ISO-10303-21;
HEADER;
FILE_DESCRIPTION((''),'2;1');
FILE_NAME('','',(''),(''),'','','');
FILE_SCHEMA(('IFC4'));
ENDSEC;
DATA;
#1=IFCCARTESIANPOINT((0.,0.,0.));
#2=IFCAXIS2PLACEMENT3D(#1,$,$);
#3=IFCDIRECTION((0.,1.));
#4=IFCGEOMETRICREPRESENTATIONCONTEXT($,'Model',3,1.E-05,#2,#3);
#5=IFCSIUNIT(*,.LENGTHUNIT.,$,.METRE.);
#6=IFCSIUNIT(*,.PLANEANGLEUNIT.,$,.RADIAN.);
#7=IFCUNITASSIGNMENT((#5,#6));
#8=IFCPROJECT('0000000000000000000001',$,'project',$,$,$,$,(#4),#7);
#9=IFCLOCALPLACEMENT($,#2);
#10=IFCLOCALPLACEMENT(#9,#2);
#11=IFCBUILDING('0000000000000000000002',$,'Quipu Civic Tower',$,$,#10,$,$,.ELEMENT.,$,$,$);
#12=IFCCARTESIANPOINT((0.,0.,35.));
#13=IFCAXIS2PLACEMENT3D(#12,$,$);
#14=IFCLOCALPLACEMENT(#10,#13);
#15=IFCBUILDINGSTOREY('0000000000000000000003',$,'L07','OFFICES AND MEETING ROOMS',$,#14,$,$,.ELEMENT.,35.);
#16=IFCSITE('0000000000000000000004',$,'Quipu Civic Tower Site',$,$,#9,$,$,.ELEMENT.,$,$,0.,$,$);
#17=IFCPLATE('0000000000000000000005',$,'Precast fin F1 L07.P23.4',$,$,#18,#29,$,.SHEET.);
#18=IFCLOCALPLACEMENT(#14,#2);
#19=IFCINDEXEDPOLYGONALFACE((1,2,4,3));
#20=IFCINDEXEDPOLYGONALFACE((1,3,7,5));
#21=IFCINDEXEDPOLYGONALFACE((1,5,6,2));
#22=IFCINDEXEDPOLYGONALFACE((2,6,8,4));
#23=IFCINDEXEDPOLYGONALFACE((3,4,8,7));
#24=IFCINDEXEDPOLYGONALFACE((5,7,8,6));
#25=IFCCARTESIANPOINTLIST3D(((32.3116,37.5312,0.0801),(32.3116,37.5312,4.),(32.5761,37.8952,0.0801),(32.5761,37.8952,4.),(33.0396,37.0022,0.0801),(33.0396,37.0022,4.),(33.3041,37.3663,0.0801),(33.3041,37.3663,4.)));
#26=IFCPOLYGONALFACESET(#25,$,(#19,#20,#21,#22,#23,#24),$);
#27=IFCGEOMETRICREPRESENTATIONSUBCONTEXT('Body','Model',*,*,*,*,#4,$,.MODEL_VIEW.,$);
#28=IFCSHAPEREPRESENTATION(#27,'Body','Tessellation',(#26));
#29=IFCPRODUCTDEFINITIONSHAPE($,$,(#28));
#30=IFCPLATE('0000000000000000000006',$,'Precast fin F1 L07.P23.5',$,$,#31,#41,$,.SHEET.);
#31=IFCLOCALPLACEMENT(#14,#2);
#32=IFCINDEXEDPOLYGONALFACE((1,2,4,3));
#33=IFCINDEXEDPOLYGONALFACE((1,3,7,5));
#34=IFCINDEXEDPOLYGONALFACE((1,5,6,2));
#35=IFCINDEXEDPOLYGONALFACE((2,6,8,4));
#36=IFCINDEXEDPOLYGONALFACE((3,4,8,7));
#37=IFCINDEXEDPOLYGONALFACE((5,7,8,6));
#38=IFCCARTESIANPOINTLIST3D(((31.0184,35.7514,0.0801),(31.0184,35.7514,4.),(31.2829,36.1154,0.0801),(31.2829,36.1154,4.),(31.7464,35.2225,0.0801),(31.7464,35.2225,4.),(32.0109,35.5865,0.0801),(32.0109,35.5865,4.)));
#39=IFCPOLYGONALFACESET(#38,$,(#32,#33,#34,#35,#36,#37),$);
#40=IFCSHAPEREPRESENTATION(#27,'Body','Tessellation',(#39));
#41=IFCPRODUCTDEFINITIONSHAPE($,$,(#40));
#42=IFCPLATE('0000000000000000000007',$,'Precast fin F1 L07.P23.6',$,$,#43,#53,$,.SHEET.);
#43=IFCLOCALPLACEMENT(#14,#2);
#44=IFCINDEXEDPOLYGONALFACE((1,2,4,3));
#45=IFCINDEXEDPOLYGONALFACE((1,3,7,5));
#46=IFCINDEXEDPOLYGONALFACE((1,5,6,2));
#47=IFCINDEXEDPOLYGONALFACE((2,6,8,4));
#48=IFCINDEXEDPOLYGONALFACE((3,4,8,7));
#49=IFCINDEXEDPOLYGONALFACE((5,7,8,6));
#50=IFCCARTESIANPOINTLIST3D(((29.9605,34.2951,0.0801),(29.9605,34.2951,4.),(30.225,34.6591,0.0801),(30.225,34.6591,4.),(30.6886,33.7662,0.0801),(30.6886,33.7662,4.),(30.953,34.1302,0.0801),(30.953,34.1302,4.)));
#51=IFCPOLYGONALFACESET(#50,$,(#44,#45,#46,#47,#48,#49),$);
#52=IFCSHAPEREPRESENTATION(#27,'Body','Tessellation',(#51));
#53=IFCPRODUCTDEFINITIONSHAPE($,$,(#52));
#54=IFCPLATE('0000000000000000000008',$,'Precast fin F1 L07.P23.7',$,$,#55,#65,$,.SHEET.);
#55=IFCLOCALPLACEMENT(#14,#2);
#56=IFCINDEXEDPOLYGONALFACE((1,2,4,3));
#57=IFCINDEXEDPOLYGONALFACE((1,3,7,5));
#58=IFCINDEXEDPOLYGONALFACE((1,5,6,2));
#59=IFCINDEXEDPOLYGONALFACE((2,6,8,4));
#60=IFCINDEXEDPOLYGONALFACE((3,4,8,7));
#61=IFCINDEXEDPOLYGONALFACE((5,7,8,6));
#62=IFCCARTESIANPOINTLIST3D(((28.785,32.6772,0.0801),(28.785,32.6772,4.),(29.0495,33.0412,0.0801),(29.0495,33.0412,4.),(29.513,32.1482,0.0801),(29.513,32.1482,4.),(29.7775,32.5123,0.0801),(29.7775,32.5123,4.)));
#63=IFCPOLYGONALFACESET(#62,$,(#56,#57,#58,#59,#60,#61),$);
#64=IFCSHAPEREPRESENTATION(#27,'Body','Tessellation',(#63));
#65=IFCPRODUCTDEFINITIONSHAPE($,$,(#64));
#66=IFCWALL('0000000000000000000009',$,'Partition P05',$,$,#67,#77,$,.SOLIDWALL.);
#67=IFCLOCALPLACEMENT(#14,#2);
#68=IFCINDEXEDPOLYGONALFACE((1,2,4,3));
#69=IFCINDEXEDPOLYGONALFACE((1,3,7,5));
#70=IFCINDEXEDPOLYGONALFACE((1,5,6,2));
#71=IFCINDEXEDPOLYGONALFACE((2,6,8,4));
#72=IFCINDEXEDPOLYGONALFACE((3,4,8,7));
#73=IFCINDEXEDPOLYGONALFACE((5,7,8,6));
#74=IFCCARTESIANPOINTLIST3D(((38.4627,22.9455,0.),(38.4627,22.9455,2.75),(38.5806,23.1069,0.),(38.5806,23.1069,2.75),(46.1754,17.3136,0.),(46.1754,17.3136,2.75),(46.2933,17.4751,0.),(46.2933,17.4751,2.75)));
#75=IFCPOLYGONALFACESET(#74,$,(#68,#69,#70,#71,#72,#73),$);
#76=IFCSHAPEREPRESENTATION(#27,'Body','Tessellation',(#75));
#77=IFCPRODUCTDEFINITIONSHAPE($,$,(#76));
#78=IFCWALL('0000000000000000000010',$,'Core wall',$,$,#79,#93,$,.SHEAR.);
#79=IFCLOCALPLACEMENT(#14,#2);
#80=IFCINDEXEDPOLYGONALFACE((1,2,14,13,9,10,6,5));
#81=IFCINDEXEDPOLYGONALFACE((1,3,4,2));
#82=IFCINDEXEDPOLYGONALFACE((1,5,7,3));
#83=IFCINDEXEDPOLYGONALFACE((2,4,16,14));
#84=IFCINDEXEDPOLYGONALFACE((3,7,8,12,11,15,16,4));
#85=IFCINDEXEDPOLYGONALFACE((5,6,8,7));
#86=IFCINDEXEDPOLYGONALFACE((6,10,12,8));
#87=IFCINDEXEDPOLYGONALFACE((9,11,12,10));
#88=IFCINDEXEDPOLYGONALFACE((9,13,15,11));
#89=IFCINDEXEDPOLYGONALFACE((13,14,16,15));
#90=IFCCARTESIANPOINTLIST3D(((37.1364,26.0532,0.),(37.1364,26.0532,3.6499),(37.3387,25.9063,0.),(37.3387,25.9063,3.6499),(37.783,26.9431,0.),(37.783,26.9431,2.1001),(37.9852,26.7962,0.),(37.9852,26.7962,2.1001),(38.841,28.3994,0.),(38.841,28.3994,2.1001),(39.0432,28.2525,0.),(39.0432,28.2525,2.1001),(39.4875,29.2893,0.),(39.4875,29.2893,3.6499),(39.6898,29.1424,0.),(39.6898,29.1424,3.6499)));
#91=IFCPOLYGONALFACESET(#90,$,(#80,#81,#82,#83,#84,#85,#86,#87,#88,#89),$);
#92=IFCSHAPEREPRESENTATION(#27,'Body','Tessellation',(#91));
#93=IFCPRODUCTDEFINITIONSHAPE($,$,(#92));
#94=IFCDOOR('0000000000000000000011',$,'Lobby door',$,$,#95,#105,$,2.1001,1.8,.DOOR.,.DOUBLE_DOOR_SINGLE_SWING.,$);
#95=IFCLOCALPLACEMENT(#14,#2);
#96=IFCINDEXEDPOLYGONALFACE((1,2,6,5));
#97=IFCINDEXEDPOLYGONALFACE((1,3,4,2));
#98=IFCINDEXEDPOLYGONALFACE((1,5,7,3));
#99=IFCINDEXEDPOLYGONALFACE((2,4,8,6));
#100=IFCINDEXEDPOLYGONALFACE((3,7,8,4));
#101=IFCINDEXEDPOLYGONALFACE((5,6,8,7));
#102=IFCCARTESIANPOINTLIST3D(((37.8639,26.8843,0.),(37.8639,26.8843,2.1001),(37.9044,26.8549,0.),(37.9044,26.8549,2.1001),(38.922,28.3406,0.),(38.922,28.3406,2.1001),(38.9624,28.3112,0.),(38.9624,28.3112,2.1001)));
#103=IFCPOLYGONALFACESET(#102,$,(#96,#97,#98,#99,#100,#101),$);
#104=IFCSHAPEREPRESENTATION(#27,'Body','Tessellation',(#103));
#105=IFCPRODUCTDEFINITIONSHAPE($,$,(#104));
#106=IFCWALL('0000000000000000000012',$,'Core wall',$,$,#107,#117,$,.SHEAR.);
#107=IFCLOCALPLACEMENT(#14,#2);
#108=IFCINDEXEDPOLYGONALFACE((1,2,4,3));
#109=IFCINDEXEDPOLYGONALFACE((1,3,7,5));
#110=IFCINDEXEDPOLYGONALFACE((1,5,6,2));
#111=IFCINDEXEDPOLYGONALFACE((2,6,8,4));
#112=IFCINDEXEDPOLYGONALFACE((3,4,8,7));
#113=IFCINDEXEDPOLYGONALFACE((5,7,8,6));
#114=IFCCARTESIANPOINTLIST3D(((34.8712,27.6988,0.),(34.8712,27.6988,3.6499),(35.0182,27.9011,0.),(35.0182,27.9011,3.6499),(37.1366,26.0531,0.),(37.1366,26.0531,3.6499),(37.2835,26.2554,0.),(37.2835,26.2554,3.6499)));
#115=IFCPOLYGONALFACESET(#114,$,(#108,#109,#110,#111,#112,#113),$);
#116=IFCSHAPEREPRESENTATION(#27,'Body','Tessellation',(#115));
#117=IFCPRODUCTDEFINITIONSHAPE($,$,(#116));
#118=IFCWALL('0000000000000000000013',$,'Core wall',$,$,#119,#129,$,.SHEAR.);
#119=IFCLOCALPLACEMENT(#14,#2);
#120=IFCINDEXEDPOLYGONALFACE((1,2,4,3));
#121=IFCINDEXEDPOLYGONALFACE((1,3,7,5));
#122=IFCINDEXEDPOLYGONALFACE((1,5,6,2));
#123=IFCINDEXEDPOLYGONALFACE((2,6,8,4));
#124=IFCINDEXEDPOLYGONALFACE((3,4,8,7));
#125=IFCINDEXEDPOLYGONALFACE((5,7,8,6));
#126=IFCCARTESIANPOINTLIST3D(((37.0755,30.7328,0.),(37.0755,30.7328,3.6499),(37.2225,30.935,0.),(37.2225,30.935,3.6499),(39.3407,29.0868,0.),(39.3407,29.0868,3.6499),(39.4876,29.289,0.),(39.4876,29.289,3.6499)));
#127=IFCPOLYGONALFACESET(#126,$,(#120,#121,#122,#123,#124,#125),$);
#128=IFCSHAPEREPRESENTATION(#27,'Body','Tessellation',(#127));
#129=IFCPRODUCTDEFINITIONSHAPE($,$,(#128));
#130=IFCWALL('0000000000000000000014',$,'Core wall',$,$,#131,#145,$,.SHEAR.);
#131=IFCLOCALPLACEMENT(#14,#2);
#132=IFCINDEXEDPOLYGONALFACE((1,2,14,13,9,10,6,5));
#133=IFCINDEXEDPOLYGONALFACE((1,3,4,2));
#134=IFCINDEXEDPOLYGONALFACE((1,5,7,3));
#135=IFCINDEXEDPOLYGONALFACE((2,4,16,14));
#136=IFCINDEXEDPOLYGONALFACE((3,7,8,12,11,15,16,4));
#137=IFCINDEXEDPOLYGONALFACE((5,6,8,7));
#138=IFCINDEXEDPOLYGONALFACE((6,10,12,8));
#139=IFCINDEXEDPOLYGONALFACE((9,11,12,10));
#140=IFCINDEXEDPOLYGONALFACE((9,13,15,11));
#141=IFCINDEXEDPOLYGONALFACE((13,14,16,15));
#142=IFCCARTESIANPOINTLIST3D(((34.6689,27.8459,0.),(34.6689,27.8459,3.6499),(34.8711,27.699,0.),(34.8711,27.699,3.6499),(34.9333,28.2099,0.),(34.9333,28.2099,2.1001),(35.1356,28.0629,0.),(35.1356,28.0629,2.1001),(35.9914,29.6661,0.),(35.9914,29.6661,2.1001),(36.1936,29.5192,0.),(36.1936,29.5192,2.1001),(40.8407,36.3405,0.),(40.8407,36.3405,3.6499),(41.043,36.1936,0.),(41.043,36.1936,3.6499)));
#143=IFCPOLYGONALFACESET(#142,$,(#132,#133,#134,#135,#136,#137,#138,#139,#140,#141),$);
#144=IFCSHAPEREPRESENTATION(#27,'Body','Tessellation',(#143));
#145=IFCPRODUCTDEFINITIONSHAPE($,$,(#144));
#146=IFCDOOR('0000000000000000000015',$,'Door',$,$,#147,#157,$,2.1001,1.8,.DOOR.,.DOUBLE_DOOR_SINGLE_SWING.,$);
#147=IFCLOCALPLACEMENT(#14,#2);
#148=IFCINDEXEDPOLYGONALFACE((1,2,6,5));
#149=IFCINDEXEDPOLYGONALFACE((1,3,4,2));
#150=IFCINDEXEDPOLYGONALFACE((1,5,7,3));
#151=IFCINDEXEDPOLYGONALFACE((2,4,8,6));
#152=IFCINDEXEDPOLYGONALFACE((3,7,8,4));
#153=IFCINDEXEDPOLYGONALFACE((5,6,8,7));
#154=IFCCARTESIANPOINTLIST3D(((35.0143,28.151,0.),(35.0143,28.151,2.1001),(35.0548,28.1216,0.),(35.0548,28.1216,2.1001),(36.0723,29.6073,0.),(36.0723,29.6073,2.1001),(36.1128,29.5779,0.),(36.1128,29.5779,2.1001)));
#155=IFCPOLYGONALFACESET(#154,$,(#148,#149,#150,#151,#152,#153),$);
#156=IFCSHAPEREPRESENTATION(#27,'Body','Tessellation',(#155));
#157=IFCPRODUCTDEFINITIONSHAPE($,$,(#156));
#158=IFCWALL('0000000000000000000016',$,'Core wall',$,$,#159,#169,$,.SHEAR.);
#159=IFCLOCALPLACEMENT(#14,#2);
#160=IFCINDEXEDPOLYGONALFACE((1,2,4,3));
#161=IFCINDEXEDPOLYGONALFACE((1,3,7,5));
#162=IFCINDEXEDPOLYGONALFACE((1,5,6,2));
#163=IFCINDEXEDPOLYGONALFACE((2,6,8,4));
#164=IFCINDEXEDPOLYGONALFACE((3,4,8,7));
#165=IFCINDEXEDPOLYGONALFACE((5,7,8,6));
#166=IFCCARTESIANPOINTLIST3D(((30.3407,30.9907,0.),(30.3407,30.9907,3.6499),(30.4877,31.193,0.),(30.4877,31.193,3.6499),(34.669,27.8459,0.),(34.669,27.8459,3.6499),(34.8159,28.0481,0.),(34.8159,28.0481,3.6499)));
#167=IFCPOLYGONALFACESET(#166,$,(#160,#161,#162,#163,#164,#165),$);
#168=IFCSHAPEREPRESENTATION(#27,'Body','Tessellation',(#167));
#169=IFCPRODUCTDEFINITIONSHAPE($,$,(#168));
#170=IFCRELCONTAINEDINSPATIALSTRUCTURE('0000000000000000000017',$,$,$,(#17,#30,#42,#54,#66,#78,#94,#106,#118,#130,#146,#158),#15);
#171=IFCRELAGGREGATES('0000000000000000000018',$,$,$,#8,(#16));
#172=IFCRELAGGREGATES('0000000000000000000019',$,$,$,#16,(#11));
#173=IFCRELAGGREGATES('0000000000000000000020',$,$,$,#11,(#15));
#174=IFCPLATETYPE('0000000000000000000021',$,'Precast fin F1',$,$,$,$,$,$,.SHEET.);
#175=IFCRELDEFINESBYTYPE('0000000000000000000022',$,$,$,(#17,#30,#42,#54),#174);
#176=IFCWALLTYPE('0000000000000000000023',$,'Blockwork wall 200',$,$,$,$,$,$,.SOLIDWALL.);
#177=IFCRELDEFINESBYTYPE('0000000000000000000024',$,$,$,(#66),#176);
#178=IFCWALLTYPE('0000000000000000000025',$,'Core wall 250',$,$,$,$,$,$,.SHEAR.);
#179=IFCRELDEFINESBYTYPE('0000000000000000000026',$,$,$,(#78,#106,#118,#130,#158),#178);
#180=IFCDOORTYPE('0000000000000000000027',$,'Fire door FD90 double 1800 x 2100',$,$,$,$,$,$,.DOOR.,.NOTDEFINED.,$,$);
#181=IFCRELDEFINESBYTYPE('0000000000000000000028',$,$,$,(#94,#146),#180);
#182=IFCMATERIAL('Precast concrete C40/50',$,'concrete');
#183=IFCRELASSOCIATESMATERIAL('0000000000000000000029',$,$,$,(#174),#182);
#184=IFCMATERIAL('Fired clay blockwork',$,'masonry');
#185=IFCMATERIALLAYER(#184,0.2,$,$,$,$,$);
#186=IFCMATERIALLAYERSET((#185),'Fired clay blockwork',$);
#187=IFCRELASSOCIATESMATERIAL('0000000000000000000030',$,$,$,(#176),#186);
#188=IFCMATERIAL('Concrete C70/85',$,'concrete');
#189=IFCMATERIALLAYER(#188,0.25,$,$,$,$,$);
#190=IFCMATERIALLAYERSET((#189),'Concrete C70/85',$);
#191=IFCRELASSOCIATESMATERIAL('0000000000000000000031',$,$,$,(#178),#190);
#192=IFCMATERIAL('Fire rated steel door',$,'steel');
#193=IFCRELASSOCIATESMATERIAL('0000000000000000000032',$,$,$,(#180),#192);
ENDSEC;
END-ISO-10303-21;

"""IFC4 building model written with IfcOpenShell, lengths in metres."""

from ifc_helpers import new_model, si_unit, direction, frame, frame_2d, origin, origin_2d, place, context, subcontext, project, spatial, rectangle, extrude, material, layer, layer_set, type_object, element, fill, save


model = new_model("IFC4")

# Units and contexts
model_context = context("Model", 3, precision=1e-05, world=origin(), true_north=direction((0.0, 1.0)))
body_context = subcontext(model_context, "Body", "Model", "MODEL_VIEW")
ifc_project = project(units=[si_unit("LENGTHUNIT", "METRE"), si_unit("PLANEANGLEUNIT", "RADIAN")], contexts=[model_context])

# Site, building, storey
site_placement = place(None, origin())
site = spatial("IfcSite", under=ifc_project, at=site_placement, Name="Quipu Civic Tower Site", CompositionType="ELEMENT", RefElevation=0.0)
building_placement = place(site_placement, origin())
building = spatial("IfcBuilding", under=site, at=building_placement, Name="Quipu Civic Tower", CompositionType="ELEMENT")
storey_placement = place(building_placement, frame((0.0, 0.0, 35.0)))
storey = spatial("IfcBuildingStorey", under=building, at=storey_placement, Name="L07", Description="OFFICES AND MEETING ROOMS", CompositionType="ELEMENT", Elevation=35.0)

# Plates
ifc_material_1 = material(Name="Precast concrete C40/50", Category="concrete")
plate_type_1 = type_object("IfcPlateType", Name="Precast fin F1", PredefinedType="SHEET", material=ifc_material_1)
for number, where, z_axis, x_axis, name in (
    (1, (32.8079, 37.4487, 0.0801), (0.0, 0.0, 1.0), (-0.587785, -0.809017, 0.0), "Precast fin F1 L07.P23.4"),
    (2, (31.5146, 35.6689, 0.0801), (0.0, 0.0, 1.0), (-0.587785, -0.809017, 0.0), "Precast fin F1 L07.P23.5"),
    (3, (30.4568, 34.2126, 0.0801), (0.0, 0.0, 1.0), (-0.587785, -0.809017, 0.0), "Precast fin F1 L07.P23.6"),
    (4, (29.2812, 32.5947, 0.0801), (0.0, 0.0, 1.0), (-0.587785, -0.809017, 0.0), "Precast fin F1 L07.P23.7"),
):
    element("IfcPlate", number, at=place(storey_placement, frame(where, z_axis=z_axis, x_axis=x_axis)), inside=storey, type_object=plate_type_1, Name=name, PredefinedType="SHEET", context=body_context, shape_type="SweptSolid", body=[
        extrude(rectangle(XDim=0.45, YDim=0.8999, at=origin_2d()), origin(), (0.0, 0.0, 1.0), 3.9199),
    ])

# Wall
ifc_material_2 = material(Name="Fired clay blockwork", Category="masonry")
ifc_layer_1 = layer(ifc_material_2, 0.2)
ifc_layer_set_1 = layer_set([ifc_layer_1], Name="Fired clay blockwork")
wall_type_1 = type_object("IfcWallType", Name="Blockwork wall 200", PredefinedType="SOLIDWALL", material=ifc_layer_set_1)
wall_1_placement = place(storey_placement, frame((38.5217, 23.0261, 0.0), z_axis=(0.0, 0.0, 1.0), x_axis=(0.807607, -0.589721, 0.0)))
element("IfcWall", 5, at=wall_1_placement, inside=storey, type_object=wall_type_1, Name="Partition P05", PredefinedType="SOLIDWALL", context=body_context, shape_type="SweptSolid", body=[
    extrude(rectangle(XDim=9.55, YDim=0.2, at=frame_2d((4.7749, 0.0))), origin(), (0.0, 0.0, 1.0), 2.75),
])

# Wall, opening, door
ifc_material_3 = material(Name="Concrete C70/85", Category="concrete")
ifc_layer_2 = layer(ifc_material_3, 0.25)
ifc_layer_set_2 = layer_set([ifc_layer_2], Name="Concrete C70/85")
wall_type_2 = type_object("IfcWallType", Name="Core wall 250", PredefinedType="SHEAR", material=ifc_layer_set_2)
wall_2_placement = place(storey_placement, frame((37.2375, 25.9797, 0.0), z_axis=(0.0, 0.0, 1.0), x_axis=(0.587772, 0.809026, 0.0)))
wall_2 = element("IfcWall", 6, at=wall_2_placement, inside=storey, type_object=wall_type_2, Name="Core wall", PredefinedType="SHEAR", context=body_context, shape_type="SweptSolid", body=[
    extrude(rectangle(XDim=4.0, YDim=0.25, at=frame_2d((2.0, 0.0))), origin(), (0.0, 0.0, 1.0), 3.6499),
])
opening_1_placement = place(wall_2_placement, frame((1.1001, 0.0, 0.0)))
opening_1 = element("IfcOpeningElement", 7, at=opening_1_placement, cuts=wall_2, PredefinedType="OPENING", context=body_context, shape_type="SweptSolid", body=[
    extrude(rectangle(XDim=1.8, YDim=2.1001, at=frame_2d((0.8999, 1.05))), frame((0.0, 0.135, 0.0), z_axis=(0.0, -1.0, 0.0), x_axis=(1.0, 0.0, 0.0)), (0.0, 0.0, 1.0), 0.27),
])
ifc_material_4 = material(Name="Fire rated steel door", Category="steel")
door_type_1 = type_object("IfcDoorType", Name="Fire door FD90 double 1800 x 2100", OperationType="NOTDEFINED", PredefinedType="DOOR", material=ifc_material_4)
door_1_placement = place(opening_1_placement, origin())
door_1 = element("IfcDoor", 8, at=door_1_placement, inside=storey, type_object=door_type_1, Name="Lobby door", OperationType="DOUBLE_DOOR_SINGLE_SWING", OverallHeight=2.1001, OverallWidth=1.8, PredefinedType="DOOR", context=body_context, shape_type="SweptSolid", body=[
    extrude(rectangle(XDim=1.8, YDim=2.1001, at=frame_2d((0.8999, 1.05))), frame((0.0, 0.0249, 0.0), z_axis=(0.0, -1.0, 0.0), x_axis=(1.0, 0.0, 0.0)), (0.0, 0.0, 1.0), 0.05),
])
fill(opening_1, door_1)

# Walls
for number, where, z_axis, x_axis, name in (
    (9, (37.21, 26.1543, 0.0), (0.0, 0.0, 1.0), (-0.809041, 0.587752, 0.0), "Core wall"),
    (10, (39.4141, 29.188, 0.0), (0.0, 0.0, 1.0), (-0.80897, 0.58785, 0.0), "Core wall"),
):
    element("IfcWall", number, at=place(storey_placement, frame(where, z_axis=z_axis, x_axis=x_axis)), inside=storey, type_object=wall_type_2, Name=name, PredefinedType="SHEAR", context=body_context, shape_type="SweptSolid", body=[
        extrude(rectangle(XDim=2.8, YDim=0.25, at=frame_2d((1.3999, 0.0))), origin(), (0.0, 0.0, 1.0), 3.6499),
    ])

# Wall, opening, door
wall_3_placement = place(storey_placement, frame((34.77, 27.7725, 0.0), z_axis=(0.0, 0.0, 1.0), x_axis=(0.587796, 0.809009, 0.0)))
wall_3 = element("IfcWall", 11, at=wall_3_placement, inside=storey, type_object=wall_type_2, Name="Core wall", PredefinedType="SHEAR", context=body_context, shape_type="SweptSolid", body=[
    extrude(rectangle(XDim=10.5, YDim=0.25, at=frame_2d((5.25, 0.0))), origin(), (0.0, 0.0, 1.0), 3.6499),
])
opening_2_placement = place(wall_3_placement, frame((0.45, 0.0, 0.0)))
opening_2 = element("IfcOpeningElement", 12, at=opening_2_placement, cuts=wall_3, PredefinedType="OPENING", context=body_context, shape_type="SweptSolid", body=[
    extrude(rectangle(XDim=1.8, YDim=2.1001, at=frame_2d((0.8999, 1.05))), frame((0.0, 0.135, 0.0), z_axis=(0.0, -1.0, 0.0), x_axis=(1.0, 0.0, 0.0)), (0.0, 0.0, 1.0), 0.27),
])
door_2_placement = place(opening_2_placement, origin())
door_2 = element("IfcDoor", 13, at=door_2_placement, inside=storey, type_object=door_type_1, Name="Door", OperationType="DOUBLE_DOOR_SINGLE_SWING", OverallHeight=2.1001, OverallWidth=1.8, PredefinedType="DOOR", context=body_context, shape_type="SweptSolid", body=[
    extrude(rectangle(XDim=1.8, YDim=2.1001, at=frame_2d((0.8999, 1.05))), frame((0.0, 0.0249, 0.0), z_axis=(0.0, -1.0, 0.0), x_axis=(1.0, 0.0, 0.0)), (0.0, 0.0, 1.0), 0.05),
])
fill(opening_2, door_2)

# Wall
wall_4_placement = place(storey_placement, frame((34.7424, 27.947, 0.0), z_axis=(0.0, 0.0, 1.0), x_axis=(-0.808998, 0.587811, 0.0)))
element("IfcWall", 14, at=wall_4_placement, inside=storey, type_object=wall_type_2, Name="Core wall", PredefinedType="SHEAR", context=body_context, shape_type="SweptSolid", body=[
    extrude(rectangle(XDim=5.3501, YDim=0.25, at=frame_2d((2.675, 0.0))), origin(), (0.0, 0.0, 1.0), 3.6499),
])

save(model, "model.ifc")
